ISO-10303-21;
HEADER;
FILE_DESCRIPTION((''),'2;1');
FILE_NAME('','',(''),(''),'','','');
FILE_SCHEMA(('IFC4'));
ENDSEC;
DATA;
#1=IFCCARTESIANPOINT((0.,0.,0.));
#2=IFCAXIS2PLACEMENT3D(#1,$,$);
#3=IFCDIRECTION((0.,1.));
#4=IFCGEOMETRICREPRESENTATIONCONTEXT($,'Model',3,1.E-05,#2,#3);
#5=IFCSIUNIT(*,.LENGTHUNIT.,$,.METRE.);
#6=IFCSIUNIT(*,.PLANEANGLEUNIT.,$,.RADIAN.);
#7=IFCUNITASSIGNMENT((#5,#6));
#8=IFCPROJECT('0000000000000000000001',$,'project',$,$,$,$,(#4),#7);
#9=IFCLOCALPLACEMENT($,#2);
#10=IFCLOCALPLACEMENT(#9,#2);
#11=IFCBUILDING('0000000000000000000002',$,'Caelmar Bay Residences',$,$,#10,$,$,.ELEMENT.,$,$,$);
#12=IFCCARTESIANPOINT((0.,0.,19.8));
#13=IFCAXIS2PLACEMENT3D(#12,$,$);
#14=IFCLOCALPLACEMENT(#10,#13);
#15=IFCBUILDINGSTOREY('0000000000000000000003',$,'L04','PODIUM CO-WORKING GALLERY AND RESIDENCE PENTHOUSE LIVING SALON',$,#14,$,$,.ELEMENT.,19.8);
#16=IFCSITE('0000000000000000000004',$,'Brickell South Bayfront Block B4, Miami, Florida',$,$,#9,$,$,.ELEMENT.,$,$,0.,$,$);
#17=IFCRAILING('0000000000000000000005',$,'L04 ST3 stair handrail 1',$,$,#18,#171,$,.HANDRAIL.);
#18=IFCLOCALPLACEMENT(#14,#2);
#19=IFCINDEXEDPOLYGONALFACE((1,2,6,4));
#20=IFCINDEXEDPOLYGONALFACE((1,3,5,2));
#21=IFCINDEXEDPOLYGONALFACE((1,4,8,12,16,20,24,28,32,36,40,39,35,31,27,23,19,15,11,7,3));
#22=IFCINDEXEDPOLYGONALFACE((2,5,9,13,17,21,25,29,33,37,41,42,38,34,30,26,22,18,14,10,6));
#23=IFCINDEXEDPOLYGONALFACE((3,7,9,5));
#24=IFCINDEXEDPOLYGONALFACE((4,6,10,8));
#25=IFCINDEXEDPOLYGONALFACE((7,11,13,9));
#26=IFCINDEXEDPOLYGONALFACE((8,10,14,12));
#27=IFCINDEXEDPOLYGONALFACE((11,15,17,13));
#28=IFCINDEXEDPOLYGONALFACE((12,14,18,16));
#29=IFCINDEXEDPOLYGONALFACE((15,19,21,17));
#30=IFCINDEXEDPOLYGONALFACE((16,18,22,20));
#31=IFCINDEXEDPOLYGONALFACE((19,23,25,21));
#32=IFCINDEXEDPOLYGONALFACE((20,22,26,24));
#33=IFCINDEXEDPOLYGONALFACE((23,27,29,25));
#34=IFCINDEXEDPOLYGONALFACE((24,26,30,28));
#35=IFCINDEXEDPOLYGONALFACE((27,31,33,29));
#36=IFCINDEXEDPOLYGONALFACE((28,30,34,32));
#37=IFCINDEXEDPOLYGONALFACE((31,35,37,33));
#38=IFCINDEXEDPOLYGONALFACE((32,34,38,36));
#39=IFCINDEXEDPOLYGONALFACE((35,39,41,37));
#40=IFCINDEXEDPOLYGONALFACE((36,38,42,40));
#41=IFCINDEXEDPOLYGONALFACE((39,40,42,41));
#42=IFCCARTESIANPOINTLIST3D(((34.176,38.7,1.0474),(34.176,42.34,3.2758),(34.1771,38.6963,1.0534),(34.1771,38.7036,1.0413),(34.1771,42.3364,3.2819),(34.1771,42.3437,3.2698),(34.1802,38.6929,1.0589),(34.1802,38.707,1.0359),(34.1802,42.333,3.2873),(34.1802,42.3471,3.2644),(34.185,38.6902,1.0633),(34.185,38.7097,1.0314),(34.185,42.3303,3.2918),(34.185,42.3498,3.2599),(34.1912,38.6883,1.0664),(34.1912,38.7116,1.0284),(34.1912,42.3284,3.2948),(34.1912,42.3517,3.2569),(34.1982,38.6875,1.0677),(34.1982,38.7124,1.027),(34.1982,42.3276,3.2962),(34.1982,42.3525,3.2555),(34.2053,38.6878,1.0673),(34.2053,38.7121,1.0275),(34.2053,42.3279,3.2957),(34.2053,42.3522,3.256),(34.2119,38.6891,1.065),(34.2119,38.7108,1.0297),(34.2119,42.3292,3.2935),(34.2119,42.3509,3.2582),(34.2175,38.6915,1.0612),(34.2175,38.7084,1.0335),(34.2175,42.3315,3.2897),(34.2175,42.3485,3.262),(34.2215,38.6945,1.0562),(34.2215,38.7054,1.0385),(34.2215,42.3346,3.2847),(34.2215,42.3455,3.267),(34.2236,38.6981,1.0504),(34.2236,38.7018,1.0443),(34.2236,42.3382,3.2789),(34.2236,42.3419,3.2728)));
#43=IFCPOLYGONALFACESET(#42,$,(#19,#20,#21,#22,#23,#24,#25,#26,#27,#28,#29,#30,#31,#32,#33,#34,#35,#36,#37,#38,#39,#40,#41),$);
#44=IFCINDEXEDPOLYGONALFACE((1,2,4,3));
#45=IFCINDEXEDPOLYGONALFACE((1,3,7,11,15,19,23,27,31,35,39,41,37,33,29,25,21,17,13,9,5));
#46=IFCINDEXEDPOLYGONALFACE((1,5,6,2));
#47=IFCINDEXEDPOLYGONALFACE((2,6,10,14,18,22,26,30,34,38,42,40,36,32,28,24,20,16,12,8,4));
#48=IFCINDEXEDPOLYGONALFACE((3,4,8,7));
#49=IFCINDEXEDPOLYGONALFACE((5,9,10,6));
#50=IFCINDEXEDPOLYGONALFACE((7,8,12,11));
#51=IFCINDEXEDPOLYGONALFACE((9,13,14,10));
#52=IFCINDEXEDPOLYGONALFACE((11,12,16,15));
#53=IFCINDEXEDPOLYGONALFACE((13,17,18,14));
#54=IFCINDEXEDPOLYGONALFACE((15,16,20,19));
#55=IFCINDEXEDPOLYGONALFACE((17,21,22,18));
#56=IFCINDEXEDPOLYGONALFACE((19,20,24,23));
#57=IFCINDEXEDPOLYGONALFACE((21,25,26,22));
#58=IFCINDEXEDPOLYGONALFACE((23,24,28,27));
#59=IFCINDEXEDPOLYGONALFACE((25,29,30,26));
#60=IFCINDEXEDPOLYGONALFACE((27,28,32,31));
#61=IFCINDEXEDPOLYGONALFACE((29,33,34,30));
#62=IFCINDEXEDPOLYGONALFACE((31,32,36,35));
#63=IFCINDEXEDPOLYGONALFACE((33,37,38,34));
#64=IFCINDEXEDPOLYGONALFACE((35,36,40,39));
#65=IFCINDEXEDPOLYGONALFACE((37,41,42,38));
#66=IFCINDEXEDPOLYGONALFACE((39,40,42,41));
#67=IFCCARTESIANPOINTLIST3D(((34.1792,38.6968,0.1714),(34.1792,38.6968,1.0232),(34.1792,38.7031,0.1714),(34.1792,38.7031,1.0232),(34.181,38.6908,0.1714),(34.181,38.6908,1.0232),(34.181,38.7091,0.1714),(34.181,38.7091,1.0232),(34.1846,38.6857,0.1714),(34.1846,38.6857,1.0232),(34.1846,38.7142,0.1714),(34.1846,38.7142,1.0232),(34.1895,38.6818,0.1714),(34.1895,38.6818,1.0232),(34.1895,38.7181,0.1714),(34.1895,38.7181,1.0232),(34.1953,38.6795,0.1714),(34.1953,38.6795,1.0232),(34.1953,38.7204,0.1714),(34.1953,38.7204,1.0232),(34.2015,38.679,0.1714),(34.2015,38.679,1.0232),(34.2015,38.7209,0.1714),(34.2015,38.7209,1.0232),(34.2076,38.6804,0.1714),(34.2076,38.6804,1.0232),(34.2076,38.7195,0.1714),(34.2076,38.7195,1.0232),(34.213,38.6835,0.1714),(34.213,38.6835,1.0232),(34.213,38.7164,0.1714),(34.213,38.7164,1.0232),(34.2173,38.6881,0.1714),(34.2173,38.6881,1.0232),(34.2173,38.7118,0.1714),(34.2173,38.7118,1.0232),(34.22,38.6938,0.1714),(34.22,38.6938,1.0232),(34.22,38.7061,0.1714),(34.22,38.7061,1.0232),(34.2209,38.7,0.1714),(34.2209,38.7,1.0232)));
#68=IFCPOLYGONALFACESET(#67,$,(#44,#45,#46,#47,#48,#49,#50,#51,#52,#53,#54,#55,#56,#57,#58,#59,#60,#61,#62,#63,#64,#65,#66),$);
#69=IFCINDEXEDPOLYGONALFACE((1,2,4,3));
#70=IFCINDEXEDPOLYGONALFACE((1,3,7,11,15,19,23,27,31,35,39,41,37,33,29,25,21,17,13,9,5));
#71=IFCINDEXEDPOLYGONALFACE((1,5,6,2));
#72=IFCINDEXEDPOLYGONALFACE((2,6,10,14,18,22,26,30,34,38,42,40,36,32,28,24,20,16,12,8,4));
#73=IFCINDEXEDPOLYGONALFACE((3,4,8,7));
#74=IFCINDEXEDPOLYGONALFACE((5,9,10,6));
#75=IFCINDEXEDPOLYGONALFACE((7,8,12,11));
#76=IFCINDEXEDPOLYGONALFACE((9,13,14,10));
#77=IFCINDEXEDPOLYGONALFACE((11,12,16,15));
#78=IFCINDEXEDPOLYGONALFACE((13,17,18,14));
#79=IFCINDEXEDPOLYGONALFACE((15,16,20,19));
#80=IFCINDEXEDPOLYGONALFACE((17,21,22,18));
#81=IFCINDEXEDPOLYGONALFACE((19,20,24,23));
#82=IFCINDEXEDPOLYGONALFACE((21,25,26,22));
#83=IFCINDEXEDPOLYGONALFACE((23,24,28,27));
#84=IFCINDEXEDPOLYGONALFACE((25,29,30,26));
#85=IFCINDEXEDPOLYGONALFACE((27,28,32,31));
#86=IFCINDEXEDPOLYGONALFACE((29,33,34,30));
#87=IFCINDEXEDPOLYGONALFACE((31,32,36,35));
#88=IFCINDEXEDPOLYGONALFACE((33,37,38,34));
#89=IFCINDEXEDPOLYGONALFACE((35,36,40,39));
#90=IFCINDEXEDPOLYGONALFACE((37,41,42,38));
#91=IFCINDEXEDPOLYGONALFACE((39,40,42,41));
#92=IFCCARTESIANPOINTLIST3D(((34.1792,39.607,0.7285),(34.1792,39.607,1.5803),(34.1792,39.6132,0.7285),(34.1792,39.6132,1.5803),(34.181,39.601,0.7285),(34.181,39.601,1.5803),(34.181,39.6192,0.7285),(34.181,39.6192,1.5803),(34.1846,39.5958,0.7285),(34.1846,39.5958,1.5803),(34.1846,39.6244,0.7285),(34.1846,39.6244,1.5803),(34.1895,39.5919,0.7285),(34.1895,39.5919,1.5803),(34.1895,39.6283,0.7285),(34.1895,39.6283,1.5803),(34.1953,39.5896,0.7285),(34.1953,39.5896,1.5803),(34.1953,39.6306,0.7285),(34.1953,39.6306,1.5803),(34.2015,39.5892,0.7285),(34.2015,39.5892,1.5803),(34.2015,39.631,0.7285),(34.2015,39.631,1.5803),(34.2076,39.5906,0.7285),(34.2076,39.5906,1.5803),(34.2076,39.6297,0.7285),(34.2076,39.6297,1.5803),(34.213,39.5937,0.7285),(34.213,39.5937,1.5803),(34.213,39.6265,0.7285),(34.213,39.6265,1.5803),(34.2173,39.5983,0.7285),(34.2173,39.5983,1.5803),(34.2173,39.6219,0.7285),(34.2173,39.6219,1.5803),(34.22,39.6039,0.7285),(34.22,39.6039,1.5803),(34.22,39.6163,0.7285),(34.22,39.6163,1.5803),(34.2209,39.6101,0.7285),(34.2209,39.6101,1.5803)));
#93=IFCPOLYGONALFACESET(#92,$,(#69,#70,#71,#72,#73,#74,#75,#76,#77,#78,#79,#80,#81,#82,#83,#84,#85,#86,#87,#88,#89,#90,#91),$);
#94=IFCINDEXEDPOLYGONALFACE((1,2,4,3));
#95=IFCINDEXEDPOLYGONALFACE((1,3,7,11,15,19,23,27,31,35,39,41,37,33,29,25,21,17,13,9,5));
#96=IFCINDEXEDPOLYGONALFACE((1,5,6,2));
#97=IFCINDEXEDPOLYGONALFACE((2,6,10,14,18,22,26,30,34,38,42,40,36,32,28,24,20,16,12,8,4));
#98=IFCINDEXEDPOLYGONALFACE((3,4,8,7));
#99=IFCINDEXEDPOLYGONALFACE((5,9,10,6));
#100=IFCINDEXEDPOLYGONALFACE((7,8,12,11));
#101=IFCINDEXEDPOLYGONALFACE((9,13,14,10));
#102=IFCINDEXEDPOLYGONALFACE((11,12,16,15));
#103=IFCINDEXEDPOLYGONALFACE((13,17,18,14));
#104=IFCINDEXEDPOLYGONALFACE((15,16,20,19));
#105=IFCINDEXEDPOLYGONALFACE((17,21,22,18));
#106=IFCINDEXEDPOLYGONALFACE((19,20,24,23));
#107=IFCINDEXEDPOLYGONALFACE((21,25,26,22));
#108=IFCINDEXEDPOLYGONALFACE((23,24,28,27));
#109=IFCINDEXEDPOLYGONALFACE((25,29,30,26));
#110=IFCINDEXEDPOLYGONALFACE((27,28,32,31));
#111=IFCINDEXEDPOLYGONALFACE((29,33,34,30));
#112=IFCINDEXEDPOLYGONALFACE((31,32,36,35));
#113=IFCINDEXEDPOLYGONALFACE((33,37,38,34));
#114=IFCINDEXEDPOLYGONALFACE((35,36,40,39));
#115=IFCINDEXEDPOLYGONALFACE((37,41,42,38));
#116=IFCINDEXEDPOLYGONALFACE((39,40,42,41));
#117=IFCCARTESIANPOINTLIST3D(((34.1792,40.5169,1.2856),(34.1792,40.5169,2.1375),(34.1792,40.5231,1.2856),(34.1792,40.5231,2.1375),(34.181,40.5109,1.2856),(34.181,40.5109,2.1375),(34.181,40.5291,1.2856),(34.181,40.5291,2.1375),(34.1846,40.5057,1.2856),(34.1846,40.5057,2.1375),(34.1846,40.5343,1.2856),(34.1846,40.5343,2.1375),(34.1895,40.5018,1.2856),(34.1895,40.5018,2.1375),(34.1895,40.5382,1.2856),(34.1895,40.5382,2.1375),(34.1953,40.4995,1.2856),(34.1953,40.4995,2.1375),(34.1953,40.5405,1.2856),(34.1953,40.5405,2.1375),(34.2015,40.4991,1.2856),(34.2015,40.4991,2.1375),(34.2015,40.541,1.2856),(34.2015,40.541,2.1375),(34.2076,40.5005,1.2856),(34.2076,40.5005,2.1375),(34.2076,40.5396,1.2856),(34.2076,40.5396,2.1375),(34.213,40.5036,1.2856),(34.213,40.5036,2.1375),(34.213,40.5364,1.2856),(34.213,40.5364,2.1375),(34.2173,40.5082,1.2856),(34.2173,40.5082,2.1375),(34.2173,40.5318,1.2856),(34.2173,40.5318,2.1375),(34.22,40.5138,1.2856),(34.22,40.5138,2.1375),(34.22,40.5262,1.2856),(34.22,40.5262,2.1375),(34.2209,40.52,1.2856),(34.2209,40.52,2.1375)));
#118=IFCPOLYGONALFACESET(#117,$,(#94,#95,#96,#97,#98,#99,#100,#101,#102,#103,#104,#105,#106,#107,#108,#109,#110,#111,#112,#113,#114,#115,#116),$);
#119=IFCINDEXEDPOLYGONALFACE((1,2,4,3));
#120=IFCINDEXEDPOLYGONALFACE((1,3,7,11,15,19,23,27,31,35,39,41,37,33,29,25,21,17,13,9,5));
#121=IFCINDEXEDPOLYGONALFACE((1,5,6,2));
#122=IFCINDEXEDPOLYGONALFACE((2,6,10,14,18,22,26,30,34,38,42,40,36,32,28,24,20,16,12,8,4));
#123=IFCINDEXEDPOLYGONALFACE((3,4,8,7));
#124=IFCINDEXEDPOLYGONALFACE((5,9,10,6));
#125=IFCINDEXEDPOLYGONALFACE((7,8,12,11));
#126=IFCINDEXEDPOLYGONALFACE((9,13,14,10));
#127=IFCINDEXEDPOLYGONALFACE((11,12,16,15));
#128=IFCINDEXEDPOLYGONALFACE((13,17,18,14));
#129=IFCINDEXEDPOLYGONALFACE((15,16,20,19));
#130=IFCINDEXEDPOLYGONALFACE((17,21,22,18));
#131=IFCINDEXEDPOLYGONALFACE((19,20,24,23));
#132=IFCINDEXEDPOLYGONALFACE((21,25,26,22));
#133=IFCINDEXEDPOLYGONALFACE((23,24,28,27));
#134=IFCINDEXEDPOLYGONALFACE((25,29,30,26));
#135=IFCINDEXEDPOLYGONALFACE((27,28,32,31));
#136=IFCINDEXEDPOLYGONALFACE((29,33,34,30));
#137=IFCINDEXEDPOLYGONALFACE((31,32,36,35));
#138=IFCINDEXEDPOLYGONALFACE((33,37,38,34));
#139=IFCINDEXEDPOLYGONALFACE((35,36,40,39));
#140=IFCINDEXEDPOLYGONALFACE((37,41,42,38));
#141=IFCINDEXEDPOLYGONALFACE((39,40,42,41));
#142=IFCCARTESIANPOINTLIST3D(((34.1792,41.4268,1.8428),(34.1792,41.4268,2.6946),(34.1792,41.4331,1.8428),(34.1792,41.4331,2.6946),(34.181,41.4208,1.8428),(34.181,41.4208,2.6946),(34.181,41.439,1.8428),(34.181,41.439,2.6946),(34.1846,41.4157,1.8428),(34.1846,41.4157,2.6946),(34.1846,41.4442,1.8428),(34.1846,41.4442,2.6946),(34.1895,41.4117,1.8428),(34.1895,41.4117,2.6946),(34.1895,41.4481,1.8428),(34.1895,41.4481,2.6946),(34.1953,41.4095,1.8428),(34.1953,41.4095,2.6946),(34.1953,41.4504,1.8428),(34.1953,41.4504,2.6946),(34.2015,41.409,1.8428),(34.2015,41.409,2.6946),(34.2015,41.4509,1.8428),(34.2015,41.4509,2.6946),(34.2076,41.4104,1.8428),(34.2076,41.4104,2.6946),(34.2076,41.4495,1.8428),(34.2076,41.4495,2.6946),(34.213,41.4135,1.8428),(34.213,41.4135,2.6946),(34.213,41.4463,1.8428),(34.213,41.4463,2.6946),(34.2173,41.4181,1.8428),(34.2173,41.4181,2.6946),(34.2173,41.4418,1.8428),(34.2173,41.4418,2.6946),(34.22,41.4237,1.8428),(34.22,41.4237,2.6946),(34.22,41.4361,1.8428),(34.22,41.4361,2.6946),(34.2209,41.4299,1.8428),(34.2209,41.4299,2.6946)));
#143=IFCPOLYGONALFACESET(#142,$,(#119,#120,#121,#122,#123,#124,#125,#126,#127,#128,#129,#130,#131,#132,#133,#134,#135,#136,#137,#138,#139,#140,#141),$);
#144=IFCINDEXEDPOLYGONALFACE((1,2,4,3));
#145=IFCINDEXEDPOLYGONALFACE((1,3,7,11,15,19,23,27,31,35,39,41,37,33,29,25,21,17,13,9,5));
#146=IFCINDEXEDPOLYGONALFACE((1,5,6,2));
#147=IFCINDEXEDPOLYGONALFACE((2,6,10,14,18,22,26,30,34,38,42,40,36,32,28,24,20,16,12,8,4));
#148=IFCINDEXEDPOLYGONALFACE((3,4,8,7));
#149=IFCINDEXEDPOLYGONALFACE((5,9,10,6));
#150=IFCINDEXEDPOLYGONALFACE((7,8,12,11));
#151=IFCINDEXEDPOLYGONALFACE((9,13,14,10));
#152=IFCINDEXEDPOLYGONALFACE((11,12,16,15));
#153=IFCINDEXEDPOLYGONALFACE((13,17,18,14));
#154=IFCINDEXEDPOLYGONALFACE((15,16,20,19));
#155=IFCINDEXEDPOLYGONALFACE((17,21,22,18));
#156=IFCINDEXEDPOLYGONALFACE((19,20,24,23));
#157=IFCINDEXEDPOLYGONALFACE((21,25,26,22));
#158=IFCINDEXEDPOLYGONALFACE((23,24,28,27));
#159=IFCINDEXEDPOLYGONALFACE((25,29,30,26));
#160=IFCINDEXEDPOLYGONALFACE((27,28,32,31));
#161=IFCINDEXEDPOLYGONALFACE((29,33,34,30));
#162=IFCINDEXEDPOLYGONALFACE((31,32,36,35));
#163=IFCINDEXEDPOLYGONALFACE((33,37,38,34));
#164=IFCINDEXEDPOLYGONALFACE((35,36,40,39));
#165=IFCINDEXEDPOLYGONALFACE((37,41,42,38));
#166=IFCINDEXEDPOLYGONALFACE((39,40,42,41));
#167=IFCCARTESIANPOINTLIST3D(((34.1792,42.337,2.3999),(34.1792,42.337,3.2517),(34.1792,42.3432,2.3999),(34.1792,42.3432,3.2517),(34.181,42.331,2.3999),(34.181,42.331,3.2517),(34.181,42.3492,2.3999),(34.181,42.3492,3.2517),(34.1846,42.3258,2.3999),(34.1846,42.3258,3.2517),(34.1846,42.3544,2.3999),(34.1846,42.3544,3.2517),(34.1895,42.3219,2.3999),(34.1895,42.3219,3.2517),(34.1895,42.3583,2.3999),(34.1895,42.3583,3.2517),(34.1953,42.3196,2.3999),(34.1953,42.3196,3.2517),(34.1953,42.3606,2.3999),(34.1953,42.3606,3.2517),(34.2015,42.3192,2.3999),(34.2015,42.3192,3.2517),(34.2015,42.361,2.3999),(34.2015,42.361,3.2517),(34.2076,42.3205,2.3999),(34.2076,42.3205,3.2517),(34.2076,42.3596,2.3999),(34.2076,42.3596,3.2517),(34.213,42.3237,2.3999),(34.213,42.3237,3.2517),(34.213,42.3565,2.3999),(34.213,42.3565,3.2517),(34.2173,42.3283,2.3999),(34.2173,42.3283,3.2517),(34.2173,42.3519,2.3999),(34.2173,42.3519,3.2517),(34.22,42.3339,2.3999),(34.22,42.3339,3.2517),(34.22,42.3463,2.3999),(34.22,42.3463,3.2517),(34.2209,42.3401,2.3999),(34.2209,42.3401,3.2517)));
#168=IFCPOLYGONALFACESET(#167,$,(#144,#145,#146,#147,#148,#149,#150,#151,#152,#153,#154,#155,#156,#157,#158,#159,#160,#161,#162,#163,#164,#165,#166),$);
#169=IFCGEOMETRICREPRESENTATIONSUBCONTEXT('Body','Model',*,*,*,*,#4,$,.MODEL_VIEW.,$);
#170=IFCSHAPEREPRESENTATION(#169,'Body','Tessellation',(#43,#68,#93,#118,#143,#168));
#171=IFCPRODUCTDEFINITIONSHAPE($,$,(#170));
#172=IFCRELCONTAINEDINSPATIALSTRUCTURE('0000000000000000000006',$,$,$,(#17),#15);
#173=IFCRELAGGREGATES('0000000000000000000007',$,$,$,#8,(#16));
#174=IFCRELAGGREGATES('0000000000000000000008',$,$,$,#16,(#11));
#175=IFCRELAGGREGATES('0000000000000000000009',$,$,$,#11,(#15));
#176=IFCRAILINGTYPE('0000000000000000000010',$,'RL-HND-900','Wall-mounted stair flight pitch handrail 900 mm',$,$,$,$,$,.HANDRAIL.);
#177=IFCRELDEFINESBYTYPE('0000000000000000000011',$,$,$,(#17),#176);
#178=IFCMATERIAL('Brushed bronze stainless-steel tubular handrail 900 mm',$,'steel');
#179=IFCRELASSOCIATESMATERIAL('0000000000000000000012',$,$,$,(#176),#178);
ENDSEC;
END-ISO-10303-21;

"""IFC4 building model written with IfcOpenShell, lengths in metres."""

from ifc_helpers import new_model, si_unit, direction, frame, origin, origin_2d, place, context, subcontext, project, spatial, circle, extrude, material, type_object, element, save


model = new_model("IFC4")

# Units and contexts
model_context = context("Model", 3, precision=1e-05, world=origin(), true_north=direction((0.0, 1.0)))
body_context = subcontext(model_context, "Body", "Model", "MODEL_VIEW")
ifc_project = project(units=[si_unit("LENGTHUNIT", "METRE"), si_unit("PLANEANGLEUNIT", "RADIAN")], contexts=[model_context])

# Site, building, storey
site_placement = place(None, origin())
site = spatial("IfcSite", under=ifc_project, at=site_placement, Name="Brickell South Bayfront Block B4, Miami, Florida", CompositionType="ELEMENT", RefElevation=0.0)
building_placement = place(site_placement, origin())
building = spatial("IfcBuilding", under=site, at=building_placement, Name="Caelmar Bay Residences", CompositionType="ELEMENT")
storey_placement = place(building_placement, frame((0.0, 0.0, 19.8)))
storey = spatial("IfcBuildingStorey", under=building, at=storey_placement, Name="L04", Description="PODIUM CO-WORKING GALLERY AND RESIDENCE PENTHOUSE LIVING SALON", CompositionType="ELEMENT", Elevation=19.8)

# Railing
ifc_material_1 = material(Name="Brushed bronze stainless-steel tubular handrail 900 mm", Category="steel")
railing_type_1 = type_object("IfcRailingType", Name="RL-HND-900", Description="Wall-mounted stair flight pitch handrail 900 mm", PredefinedType="HANDRAIL", material=ifc_material_1)
railing_1_placement = place(storey_placement, frame((34.2, 38.7, 0.1714)))
element("IfcRailing", 1, at=railing_1_placement, inside=storey, type_object=railing_type_1, Name="L04 ST3 stair handrail 1", PredefinedType="HANDRAIL", context=body_context, shape_type="SweptSolid", body=[
    extrude(circle(Radius=0.0239, at=origin_2d()), frame((0.0, 0.0, 0.876), z_axis=(0.0, 0.852866, 0.52213), x_axis=(-1.0, 0.0, 0.0)), (0.0, 0.0, 1.0), 4.2681),
    extrude(circle(Radius=0.021, at=origin_2d()), origin(), (0.0, 0.0, 1.0), 0.8518),
    extrude(circle(Radius=0.021, at=origin_2d()), frame((0.0, 0.9102, 0.5571)), (0.0, 0.0, 1.0), 0.8518),
    extrude(circle(Radius=0.021, at=origin_2d()), frame((0.0, 1.8201, 1.1143)), (0.0, 0.0, 1.0), 0.8518),
    extrude(circle(Radius=0.021, at=origin_2d()), frame((0.0, 2.73, 1.6714)), (0.0, 0.0, 1.0), 0.8518),
    extrude(circle(Radius=0.021, at=origin_2d()), frame((0.0, 3.6401, 2.2285)), (0.0, 0.0, 1.0), 0.8518),
])

save(model, "model.ifc")
